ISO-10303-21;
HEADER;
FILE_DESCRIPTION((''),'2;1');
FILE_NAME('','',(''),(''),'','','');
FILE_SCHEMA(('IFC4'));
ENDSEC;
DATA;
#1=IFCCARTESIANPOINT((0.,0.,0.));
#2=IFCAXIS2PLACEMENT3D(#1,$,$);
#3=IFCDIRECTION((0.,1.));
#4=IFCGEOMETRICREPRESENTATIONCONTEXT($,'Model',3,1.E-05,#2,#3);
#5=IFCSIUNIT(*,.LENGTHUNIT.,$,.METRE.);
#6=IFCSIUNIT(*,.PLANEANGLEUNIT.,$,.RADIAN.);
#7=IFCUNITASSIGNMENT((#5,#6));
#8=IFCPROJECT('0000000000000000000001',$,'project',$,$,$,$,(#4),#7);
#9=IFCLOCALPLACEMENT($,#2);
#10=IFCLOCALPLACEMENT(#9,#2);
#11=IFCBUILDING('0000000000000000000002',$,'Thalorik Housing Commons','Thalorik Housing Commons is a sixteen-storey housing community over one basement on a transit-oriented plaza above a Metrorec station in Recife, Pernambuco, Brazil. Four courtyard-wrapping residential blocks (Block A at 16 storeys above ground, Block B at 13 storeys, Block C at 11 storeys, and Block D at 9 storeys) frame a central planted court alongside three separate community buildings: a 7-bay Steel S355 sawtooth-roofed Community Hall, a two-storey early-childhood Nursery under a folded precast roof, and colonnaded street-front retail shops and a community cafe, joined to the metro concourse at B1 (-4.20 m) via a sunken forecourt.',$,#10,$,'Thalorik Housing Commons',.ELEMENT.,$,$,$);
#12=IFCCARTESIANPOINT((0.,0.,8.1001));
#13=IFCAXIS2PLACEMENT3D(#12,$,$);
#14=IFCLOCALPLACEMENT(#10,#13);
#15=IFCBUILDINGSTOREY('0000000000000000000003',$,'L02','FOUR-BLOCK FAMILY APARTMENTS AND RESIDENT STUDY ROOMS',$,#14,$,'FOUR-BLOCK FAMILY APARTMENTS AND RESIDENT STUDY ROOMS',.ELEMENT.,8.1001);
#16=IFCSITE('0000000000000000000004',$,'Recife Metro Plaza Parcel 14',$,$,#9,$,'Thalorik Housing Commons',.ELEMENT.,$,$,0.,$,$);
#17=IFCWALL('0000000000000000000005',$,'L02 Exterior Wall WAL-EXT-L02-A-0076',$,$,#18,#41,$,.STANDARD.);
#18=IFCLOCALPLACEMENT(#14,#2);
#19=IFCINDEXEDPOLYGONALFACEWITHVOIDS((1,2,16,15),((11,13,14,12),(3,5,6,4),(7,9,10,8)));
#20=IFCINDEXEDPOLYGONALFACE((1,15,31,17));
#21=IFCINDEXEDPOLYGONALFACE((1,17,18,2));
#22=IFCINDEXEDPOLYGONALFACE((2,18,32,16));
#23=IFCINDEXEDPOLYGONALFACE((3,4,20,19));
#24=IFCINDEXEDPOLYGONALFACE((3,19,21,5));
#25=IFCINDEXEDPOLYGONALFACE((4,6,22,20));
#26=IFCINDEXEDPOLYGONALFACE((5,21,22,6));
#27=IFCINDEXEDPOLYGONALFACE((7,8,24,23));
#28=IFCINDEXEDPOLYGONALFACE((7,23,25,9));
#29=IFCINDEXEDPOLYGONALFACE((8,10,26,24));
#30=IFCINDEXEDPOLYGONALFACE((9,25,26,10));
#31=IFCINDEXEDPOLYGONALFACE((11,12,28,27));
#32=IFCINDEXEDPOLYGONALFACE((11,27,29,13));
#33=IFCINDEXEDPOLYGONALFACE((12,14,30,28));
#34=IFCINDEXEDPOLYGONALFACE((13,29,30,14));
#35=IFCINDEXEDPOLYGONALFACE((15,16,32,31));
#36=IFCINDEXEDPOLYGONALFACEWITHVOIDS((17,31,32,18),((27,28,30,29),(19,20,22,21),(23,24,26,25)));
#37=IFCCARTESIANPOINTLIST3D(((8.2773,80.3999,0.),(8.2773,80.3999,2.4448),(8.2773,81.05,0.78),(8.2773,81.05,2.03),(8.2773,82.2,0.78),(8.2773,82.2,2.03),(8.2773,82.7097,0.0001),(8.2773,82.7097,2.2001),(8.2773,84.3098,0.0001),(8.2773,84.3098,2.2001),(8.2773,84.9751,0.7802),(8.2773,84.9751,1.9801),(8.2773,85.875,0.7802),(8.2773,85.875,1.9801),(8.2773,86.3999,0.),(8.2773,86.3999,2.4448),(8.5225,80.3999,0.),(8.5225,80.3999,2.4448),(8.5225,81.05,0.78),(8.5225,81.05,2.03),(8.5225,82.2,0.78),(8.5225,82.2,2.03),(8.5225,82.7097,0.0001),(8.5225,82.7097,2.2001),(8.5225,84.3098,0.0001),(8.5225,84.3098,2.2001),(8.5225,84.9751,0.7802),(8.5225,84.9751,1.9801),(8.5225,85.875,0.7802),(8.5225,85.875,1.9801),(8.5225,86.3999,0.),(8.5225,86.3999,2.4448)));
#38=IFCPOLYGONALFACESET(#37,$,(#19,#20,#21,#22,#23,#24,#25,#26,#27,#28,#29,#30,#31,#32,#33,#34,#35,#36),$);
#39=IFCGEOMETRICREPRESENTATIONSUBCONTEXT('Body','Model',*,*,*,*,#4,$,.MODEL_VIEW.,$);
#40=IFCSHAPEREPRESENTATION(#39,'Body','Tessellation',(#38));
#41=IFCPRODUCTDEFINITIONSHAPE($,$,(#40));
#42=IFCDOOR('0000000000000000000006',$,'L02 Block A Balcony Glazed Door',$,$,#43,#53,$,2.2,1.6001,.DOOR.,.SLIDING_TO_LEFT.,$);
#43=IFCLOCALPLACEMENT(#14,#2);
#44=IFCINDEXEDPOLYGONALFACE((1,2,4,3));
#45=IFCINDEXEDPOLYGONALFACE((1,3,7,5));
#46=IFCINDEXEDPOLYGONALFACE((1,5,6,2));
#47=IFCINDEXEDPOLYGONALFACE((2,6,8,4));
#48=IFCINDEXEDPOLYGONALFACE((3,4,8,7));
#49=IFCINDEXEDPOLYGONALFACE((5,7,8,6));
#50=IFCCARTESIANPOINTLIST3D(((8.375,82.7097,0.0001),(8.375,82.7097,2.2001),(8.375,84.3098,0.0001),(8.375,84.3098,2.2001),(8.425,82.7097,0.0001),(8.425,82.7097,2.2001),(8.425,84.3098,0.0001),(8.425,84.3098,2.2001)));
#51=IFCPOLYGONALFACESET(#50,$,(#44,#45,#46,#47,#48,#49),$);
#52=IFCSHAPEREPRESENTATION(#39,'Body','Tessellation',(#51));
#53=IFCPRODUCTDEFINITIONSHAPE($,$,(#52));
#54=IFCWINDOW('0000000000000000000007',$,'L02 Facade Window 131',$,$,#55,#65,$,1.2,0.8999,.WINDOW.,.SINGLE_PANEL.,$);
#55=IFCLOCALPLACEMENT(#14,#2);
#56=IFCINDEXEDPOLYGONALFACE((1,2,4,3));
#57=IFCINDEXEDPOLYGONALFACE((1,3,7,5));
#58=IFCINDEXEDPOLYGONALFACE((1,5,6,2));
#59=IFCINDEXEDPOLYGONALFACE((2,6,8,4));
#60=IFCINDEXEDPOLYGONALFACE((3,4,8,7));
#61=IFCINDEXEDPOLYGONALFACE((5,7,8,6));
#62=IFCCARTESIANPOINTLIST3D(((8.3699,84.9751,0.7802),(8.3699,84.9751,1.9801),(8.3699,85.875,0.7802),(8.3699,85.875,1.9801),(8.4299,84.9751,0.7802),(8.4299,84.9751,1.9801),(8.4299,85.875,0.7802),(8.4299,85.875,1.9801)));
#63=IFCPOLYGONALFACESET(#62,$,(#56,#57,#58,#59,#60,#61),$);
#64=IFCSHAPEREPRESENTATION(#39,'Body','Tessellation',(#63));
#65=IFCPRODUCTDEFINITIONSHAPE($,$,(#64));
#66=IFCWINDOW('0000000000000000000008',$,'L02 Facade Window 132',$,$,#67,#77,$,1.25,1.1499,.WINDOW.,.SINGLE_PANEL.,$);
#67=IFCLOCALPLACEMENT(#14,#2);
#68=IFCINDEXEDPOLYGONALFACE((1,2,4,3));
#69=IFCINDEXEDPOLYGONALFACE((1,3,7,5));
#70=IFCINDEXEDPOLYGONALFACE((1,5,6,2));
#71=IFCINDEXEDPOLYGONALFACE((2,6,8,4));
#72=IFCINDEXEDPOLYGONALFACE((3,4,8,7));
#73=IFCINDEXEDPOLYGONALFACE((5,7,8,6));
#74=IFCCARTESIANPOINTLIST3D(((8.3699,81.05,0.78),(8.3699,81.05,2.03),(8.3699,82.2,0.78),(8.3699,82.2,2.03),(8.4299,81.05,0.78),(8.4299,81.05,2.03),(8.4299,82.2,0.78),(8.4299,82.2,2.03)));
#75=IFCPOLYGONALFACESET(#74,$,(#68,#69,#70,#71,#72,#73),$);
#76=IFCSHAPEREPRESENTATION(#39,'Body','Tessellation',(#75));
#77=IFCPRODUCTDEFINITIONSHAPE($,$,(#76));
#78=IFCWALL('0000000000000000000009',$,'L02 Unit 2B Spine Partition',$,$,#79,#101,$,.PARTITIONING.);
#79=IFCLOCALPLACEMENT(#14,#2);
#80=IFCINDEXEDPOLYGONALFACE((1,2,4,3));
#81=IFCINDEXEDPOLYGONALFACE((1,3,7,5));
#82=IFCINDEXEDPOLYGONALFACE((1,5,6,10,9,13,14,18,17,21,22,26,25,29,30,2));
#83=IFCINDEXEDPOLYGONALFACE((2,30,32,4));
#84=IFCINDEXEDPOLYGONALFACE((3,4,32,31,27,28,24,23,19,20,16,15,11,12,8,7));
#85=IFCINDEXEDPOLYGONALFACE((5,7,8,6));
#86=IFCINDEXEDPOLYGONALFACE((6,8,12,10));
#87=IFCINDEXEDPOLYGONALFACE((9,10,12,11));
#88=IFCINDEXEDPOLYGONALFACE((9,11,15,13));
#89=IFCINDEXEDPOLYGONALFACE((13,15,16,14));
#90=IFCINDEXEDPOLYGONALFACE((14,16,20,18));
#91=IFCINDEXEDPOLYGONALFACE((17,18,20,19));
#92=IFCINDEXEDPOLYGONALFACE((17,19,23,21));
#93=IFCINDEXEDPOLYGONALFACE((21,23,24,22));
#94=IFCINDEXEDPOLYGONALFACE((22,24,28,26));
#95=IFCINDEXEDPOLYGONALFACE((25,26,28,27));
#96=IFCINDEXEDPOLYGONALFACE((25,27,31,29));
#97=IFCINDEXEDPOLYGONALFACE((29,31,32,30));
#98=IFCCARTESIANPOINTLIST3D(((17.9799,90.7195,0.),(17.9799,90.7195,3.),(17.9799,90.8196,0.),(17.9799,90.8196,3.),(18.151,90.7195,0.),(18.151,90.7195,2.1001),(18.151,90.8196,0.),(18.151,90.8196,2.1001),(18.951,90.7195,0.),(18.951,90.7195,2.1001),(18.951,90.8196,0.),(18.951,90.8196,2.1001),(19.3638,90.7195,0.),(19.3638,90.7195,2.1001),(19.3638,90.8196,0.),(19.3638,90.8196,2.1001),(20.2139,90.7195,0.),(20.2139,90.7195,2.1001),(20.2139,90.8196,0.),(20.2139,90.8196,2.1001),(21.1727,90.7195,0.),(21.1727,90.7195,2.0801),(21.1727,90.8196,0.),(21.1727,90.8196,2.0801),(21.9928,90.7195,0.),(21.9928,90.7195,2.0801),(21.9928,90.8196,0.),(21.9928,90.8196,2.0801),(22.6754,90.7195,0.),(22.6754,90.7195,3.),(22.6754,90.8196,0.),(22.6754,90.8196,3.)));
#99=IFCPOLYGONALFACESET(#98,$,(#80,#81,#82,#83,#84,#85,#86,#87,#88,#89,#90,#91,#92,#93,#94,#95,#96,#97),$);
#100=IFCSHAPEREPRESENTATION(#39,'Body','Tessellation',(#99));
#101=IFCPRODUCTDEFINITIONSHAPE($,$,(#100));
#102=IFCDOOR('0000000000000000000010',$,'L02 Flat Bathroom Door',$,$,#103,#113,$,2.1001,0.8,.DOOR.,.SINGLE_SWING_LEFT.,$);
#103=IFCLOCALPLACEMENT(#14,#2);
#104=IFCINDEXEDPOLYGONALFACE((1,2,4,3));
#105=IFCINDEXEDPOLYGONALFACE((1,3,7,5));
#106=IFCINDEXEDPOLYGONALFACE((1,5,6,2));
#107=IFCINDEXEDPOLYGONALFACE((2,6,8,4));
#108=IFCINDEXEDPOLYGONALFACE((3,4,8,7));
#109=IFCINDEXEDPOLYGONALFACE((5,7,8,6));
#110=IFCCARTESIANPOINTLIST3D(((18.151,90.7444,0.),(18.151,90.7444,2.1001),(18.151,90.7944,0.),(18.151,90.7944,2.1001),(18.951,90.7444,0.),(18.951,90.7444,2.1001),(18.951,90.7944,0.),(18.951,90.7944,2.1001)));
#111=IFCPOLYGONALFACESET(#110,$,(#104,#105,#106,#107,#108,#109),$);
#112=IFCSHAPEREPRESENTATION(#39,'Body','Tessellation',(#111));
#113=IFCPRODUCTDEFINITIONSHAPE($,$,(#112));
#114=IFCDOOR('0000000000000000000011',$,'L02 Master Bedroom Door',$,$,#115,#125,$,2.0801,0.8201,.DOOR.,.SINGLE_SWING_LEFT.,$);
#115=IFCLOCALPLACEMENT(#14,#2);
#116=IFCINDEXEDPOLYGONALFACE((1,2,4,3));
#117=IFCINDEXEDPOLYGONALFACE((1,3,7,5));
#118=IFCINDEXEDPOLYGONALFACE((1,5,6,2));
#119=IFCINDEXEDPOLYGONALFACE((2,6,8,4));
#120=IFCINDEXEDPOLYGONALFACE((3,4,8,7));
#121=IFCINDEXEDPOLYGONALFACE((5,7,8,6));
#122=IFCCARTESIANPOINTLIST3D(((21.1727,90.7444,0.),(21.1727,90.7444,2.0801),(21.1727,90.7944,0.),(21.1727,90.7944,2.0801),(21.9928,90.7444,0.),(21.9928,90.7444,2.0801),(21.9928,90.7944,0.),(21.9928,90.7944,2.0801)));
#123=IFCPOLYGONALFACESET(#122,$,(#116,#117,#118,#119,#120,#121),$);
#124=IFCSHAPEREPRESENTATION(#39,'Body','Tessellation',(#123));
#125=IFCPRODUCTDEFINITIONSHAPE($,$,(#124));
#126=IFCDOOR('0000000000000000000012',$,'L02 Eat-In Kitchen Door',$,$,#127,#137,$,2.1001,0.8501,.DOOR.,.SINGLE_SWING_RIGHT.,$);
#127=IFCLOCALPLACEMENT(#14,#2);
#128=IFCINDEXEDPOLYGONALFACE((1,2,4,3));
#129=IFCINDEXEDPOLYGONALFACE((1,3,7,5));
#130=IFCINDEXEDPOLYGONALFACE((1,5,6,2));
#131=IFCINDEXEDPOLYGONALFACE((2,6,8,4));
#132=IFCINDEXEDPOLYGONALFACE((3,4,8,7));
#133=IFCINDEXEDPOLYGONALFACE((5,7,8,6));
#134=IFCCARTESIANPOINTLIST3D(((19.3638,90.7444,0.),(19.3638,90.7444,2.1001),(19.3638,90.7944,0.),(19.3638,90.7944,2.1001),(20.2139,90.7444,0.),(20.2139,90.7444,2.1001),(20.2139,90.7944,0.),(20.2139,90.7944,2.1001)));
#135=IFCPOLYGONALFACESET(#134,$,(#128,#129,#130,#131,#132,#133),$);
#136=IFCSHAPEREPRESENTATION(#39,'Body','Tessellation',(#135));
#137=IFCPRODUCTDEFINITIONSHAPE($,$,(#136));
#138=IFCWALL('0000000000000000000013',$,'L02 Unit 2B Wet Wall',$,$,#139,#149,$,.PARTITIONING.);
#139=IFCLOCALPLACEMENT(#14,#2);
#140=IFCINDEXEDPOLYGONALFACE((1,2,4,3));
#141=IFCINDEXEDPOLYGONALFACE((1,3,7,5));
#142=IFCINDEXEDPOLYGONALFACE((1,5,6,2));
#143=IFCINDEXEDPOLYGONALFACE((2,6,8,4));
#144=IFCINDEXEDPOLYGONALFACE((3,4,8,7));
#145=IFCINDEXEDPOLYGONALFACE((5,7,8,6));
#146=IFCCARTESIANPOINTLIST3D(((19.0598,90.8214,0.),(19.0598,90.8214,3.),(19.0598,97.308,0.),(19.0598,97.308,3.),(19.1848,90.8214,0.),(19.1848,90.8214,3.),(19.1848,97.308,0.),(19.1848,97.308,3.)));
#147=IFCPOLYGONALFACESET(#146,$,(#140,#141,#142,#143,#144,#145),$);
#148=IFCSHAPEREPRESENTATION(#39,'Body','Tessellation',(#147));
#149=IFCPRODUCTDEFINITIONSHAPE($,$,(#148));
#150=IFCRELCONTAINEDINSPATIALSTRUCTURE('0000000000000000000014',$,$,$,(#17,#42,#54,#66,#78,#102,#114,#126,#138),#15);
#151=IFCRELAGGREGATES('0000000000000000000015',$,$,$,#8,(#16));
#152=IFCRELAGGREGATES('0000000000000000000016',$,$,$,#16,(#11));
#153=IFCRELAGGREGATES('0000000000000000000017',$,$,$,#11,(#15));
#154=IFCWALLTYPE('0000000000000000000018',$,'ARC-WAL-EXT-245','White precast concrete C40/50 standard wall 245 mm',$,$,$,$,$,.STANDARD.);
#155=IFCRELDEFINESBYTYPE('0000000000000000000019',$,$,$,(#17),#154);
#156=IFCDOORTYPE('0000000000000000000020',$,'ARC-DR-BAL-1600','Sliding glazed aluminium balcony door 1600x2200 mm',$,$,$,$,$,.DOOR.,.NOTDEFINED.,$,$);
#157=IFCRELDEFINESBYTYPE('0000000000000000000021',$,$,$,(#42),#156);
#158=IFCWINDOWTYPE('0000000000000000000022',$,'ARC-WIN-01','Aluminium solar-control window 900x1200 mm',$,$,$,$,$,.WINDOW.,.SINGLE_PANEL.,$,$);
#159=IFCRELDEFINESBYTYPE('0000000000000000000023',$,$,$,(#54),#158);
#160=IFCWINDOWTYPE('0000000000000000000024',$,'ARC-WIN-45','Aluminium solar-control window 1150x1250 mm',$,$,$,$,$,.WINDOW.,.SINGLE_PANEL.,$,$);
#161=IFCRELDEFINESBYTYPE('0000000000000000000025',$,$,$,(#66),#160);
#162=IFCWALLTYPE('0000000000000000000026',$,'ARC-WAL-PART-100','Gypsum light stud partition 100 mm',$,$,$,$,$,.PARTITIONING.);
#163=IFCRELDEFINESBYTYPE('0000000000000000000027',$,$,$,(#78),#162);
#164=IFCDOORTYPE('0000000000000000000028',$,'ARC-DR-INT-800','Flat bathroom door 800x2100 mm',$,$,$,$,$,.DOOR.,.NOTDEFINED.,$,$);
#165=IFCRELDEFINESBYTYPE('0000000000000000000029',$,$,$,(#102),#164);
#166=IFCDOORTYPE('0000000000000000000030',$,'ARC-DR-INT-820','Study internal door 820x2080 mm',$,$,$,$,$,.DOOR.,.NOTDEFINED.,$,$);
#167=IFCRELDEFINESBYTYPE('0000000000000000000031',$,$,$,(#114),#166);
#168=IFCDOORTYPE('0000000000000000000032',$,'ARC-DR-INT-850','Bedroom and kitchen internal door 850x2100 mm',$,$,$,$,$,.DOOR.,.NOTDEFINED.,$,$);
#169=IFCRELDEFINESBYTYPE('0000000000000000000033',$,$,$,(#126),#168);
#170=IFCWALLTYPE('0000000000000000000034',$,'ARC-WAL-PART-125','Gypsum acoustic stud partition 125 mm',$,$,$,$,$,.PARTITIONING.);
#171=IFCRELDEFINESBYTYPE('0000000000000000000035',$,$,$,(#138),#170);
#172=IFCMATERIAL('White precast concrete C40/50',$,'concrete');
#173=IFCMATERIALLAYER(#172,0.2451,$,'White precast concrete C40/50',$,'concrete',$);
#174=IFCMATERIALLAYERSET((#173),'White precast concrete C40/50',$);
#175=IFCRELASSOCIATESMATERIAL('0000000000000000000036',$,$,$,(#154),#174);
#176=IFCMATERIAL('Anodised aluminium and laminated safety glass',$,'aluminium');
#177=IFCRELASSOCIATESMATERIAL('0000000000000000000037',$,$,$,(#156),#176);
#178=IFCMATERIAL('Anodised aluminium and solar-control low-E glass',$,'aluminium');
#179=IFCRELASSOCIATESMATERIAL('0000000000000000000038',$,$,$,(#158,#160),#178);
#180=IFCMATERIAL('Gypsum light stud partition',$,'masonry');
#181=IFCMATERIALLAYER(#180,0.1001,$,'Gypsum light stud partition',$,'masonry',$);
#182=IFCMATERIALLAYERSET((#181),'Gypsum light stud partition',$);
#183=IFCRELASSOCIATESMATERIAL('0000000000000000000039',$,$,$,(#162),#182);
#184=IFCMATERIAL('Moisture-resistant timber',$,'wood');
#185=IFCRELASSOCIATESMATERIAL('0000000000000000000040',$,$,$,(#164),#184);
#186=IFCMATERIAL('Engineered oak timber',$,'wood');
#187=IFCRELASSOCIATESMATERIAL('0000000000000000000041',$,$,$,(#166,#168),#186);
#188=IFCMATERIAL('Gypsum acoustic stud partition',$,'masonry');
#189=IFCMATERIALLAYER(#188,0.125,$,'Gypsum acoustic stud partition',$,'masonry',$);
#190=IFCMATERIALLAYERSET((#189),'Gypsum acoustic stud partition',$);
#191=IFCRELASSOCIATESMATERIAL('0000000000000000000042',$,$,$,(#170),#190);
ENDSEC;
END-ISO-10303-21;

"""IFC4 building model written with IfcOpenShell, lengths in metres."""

from ifc_helpers import new_model, si_unit, direction, frame, frame_2d, origin, place, context, subcontext, project, spatial, rectangle, extrude, material, layer, layer_set, type_object, element, fill, save


model = new_model("IFC4")

# Units and contexts
model_context = context("Model", 3, precision=1e-05, world=origin(), true_north=direction((0.0, 1.0)))
body_context = subcontext(model_context, "Body", "Model", "MODEL_VIEW")
ifc_project = project(units=[si_unit("LENGTHUNIT", "METRE"), si_unit("PLANEANGLEUNIT", "RADIAN")], contexts=[model_context])

# Site, building, storey
site_placement = place(None, origin())
site = spatial("IfcSite", under=ifc_project, at=site_placement, Name="Recife Metro Plaza Parcel 14", LongName="Thalorik Housing Commons", CompositionType="ELEMENT", RefElevation=0.0)
building_placement = place(site_placement, origin())
building = spatial("IfcBuilding", under=site, at=building_placement, Name="Thalorik Housing Commons", Description="Thalorik Housing Commons is a sixteen-storey housing community over one basement on a transit-oriented plaza above a Metrorec station in Recife, Pernambuco, Brazil. Four courtyard-wrapping residential blocks (Block A at 16 storeys above ground, Block B at 13 storeys, Block C at 11 storeys, and Block D at 9 storeys) frame a central planted court alongside three separate community buildings: a 7-bay Steel S355 sawtooth-roofed Community Hall, a two-storey early-childhood Nursery under a folded precast roof, and colonnaded street-front retail shops and a community cafe, joined to the metro concourse at B1 (-4.20 m) via a sunken forecourt.", LongName="Thalorik Housing Commons", CompositionType="ELEMENT")
storey_placement = place(building_placement, frame((0.0, 0.0, 8.1001)))
storey = spatial("IfcBuildingStorey", under=building, at=storey_placement, Name="L02", Description="FOUR-BLOCK FAMILY APARTMENTS AND RESIDENT STUDY ROOMS", LongName="FOUR-BLOCK FAMILY APARTMENTS AND RESIDENT STUDY ROOMS", CompositionType="ELEMENT", Elevation=8.1001)

# Wall, openings, door, windows
ifc_material_1 = material(Name="White precast concrete C40/50", Category="concrete")
ifc_layer_1 = layer(ifc_material_1, 0.2451, Name="White precast concrete C40/50", Category="concrete")
ifc_layer_set_1 = layer_set([ifc_layer_1], Name="White precast concrete C40/50")
wall_type_1 = type_object("IfcWallType", Name="ARC-WAL-EXT-245", Description="White precast concrete C40/50 standard wall 245 mm", PredefinedType="STANDARD", material=ifc_layer_set_1)
wall_1_placement = place(storey_placement, frame((8.3999, 86.3999, 0.0), z_axis=(0.0, 0.0, 1.0), x_axis=(0.0, -1.0, 0.0)))
wall_1 = element("IfcWall", 1, at=wall_1_placement, inside=storey, type_object=wall_type_1, Name="L02 Exterior Wall WAL-EXT-L02-A-0076", PredefinedType="STANDARD", context=body_context, shape_type="SweptSolid", body=[
    extrude(rectangle(XDim=6.0, YDim=0.2451, at=frame_2d((3.0, 0.0))), origin(), (0.0, 0.0, 1.0), 2.4448),
])
opening_1_placement = place(wall_1_placement, frame((2.0901, 0.0, 0.0)))
opening_1 = element("IfcOpeningElement", 2, at=opening_1_placement, cuts=wall_1, PredefinedType="OPENING", context=body_context, shape_type="SweptSolid", body=[
    extrude(rectangle(XDim=1.6001, YDim=2.2, at=frame_2d((0.8, 1.1001))), frame((0.0, 0.1326, 0.0), z_axis=(0.0, -1.0, 0.0), x_axis=(1.0, 0.0, 0.0)), (0.0, 0.0, 1.0), 0.2651),
])
opening_2_placement = place(wall_1_placement, frame((0.5249, 0.0, 0.78)))
opening_2 = element("IfcOpeningElement", 3, at=opening_2_placement, cuts=wall_1, PredefinedType="OPENING", context=body_context, shape_type="SweptSolid", body=[
    extrude(rectangle(XDim=0.8999, YDim=1.2, at=frame_2d((0.45, 0.6001))), frame((0.0, 0.1326, 0.0), z_axis=(0.0, -1.0, 0.0), x_axis=(1.0, 0.0, 0.0)), (0.0, 0.0, 1.0), 0.2651),
])
opening_3_placement = place(wall_1_placement, frame((4.2, 0.0, 0.78)))
opening_3 = element("IfcOpeningElement", 4, at=opening_3_placement, cuts=wall_1, PredefinedType="OPENING", context=body_context, shape_type="SweptSolid", body=[
    extrude(rectangle(XDim=1.1499, YDim=1.25, at=frame_2d((0.575, 0.625))), frame((0.0, 0.1326, 0.0), z_axis=(0.0, -1.0, 0.0), x_axis=(1.0, 0.0, 0.0)), (0.0, 0.0, 1.0), 0.2651),
])
ifc_material_2 = material(Name="Anodised aluminium and laminated safety glass", Category="aluminium")
door_type_1 = type_object("IfcDoorType", Name="ARC-DR-BAL-1600", Description="Sliding glazed aluminium balcony door 1600x2200 mm", OperationType="NOTDEFINED", PredefinedType="DOOR", material=ifc_material_2)
door_1_placement = place(opening_1_placement, frame((1.6001, 0.0, 0.0), z_axis=(0.0, 0.0, 1.0), x_axis=(-1.0, 0.0, 0.0)))
door_1 = element("IfcDoor", 5, at=door_1_placement, inside=storey, type_object=door_type_1, Name="L02 Block A Balcony Glazed Door", OperationType="SLIDING_TO_LEFT", OverallHeight=2.2, OverallWidth=1.6001, PredefinedType="DOOR", context=body_context, shape_type="SweptSolid", body=[
    extrude(rectangle(XDim=1.6001, YDim=2.2, at=frame_2d((0.8, 1.1001))), frame((0.0, 0.0249, 0.0), z_axis=(0.0, -1.0, 0.0), x_axis=(1.0, 0.0, 0.0)), (0.0, 0.0, 1.0), 0.05),
])
fill(opening_1, door_1)
ifc_material_3 = material(Name="Anodised aluminium and solar-control low-E glass", Category="aluminium")
window_type_1 = type_object("IfcWindowType", Name="ARC-WIN-01", Description="Aluminium solar-control window 900x1200 mm", PartitioningType="SINGLE_PANEL", PredefinedType="WINDOW", material=ifc_material_3)
window_1_placement = place(opening_2_placement, origin())
window_1 = element("IfcWindow", 6, at=window_1_placement, inside=storey, type_object=window_type_1, Name="L02 Facade Window 131", OverallHeight=1.2, OverallWidth=0.8999, PartitioningType="SINGLE_PANEL", PredefinedType="WINDOW", context=body_context, shape_type="SweptSolid", body=[
    extrude(rectangle(XDim=0.8999, YDim=1.2, at=frame_2d((0.45, 0.6001))), frame((0.0, 0.03, 0.0), z_axis=(0.0, -1.0, 0.0), x_axis=(1.0, 0.0, 0.0)), (0.0, 0.0, 1.0), 0.0601),
])
fill(opening_2, window_1)
window_type_2 = type_object("IfcWindowType", Name="ARC-WIN-45", Description="Aluminium solar-control window 1150x1250 mm", PartitioningType="SINGLE_PANEL", PredefinedType="WINDOW", material=ifc_material_3)
window_2_placement = place(opening_3_placement, origin())
window_2 = element("IfcWindow", 7, at=window_2_placement, inside=storey, type_object=window_type_2, Name="L02 Facade Window 132", OverallHeight=1.25, OverallWidth=1.1499, PartitioningType="SINGLE_PANEL", PredefinedType="WINDOW", context=body_context, shape_type="SweptSolid", body=[
    extrude(rectangle(XDim=1.1499, YDim=1.25, at=frame_2d((0.575, 0.625))), frame((0.0, 0.03, 0.0), z_axis=(0.0, -1.0, 0.0), x_axis=(1.0, 0.0, 0.0)), (0.0, 0.0, 1.0), 0.0601),
])
fill(opening_3, window_2)

# Wall, openings, doors
ifc_material_4 = material(Name="Gypsum light stud partition", Category="masonry")
ifc_layer_2 = layer(ifc_material_4, 0.1001, Name="Gypsum light stud partition", Category="masonry")
ifc_layer_set_2 = layer_set([ifc_layer_2], Name="Gypsum light stud partition")
wall_type_2 = type_object("IfcWallType", Name="ARC-WAL-PART-100", Description="Gypsum light stud partition 100 mm", PredefinedType="PARTITIONING", material=ifc_layer_set_2)
wall_2_placement = place(storey_placement, frame((17.98, 90.7695, 0.0), z_axis=(0.0, 0.0, 1.0), x_axis=(1.0, 0.0, 0.0)))
wall_2 = element("IfcWall", 8, at=wall_2_placement, inside=storey, type_object=wall_type_2, Name="L02 Unit 2B Spine Partition", PredefinedType="PARTITIONING", context=body_context, shape_type="SweptSolid", body=[
    extrude(rectangle(XDim=4.6956, YDim=0.1001, at=frame_2d((2.3477, 0.0))), origin(), (0.0, 0.0, 1.0), 3.0),
])
opening_4_placement = place(wall_2_placement, frame((0.1711, 0.0, 0.0)))
opening_4 = element("IfcOpeningElement", 9, at=opening_4_placement, cuts=wall_2, PredefinedType="OPENING", context=body_context, shape_type="SweptSolid", body=[
    extrude(rectangle(XDim=0.8, YDim=2.1001, at=frame_2d((0.3999, 1.05))), frame((0.0, 0.0601, 0.0), z_axis=(0.0, -1.0, 0.0), x_axis=(1.0, 0.0, 0.0)), (0.0, 0.0, 1.0), 0.1201),
])
opening_5_placement = place(wall_2_placement, frame((1.3838, 0.0, 0.0)))
opening_5 = element("IfcOpeningElement", 10, at=opening_5_placement, cuts=wall_2, PredefinedType="OPENING", context=body_context, shape_type="SweptSolid", body=[
    extrude(rectangle(XDim=0.8501, YDim=2.1001, at=frame_2d((0.425, 1.05))), frame((0.0, 0.0601, 0.0), z_axis=(0.0, -1.0, 0.0), x_axis=(1.0, 0.0, 0.0)), (0.0, 0.0, 1.0), 0.1201),
])
opening_6_placement = place(wall_2_placement, frame((3.1926, 0.0, 0.0)))
opening_6 = element("IfcOpeningElement", 11, at=opening_6_placement, cuts=wall_2, PredefinedType="OPENING", context=body_context, shape_type="SweptSolid", body=[
    extrude(rectangle(XDim=0.8201, YDim=2.0801, at=frame_2d((0.4102, 1.04))), frame((0.0, 0.0601, 0.0), z_axis=(0.0, -1.0, 0.0), x_axis=(1.0, 0.0, 0.0)), (0.0, 0.0, 1.0), 0.1201),
])
ifc_material_5 = material(Name="Moisture-resistant timber", Category="wood")
door_type_2 = type_object("IfcDoorType", Name="ARC-DR-INT-800", Description="Flat bathroom door 800x2100 mm", OperationType="NOTDEFINED", PredefinedType="DOOR", material=ifc_material_5)
door_2_placement = place(opening_4_placement, origin())
door_2 = element("IfcDoor", 12, at=door_2_placement, inside=storey, type_object=door_type_2, Name="L02 Flat Bathroom Door", OperationType="SINGLE_SWING_LEFT", OverallHeight=2.1001, OverallWidth=0.8, PredefinedType="DOOR", context=body_context, shape_type="SweptSolid", body=[
    extrude(rectangle(XDim=0.8, YDim=2.1001, at=frame_2d((0.3999, 1.05))), frame((0.0, 0.0249, 0.0), z_axis=(0.0, -1.0, 0.0), x_axis=(1.0, 0.0, 0.0)), (0.0, 0.0, 1.0), 0.05),
])
fill(opening_4, door_2)
ifc_material_6 = material(Name="Engineered oak timber", Category="wood")
door_type_3 = type_object("IfcDoorType", Name="ARC-DR-INT-820", Description="Study internal door 820x2080 mm", OperationType="NOTDEFINED", PredefinedType="DOOR", material=ifc_material_6)
door_3_placement = place(opening_6_placement, origin())
door_3 = element("IfcDoor", 13, at=door_3_placement, inside=storey, type_object=door_type_3, Name="L02 Master Bedroom Door", OperationType="SINGLE_SWING_LEFT", OverallHeight=2.0801, OverallWidth=0.8201, PredefinedType="DOOR", context=body_context, shape_type="SweptSolid", body=[
    extrude(rectangle(XDim=0.8201, YDim=2.0801, at=frame_2d((0.4102, 1.04))), frame((0.0, 0.0249, 0.0), z_axis=(0.0, -1.0, 0.0), x_axis=(1.0, 0.0, 0.0)), (0.0, 0.0, 1.0), 0.05),
])
fill(opening_6, door_3)
door_type_4 = type_object("IfcDoorType", Name="ARC-DR-INT-850", Description="Bedroom and kitchen internal door 850x2100 mm", OperationType="NOTDEFINED", PredefinedType="DOOR", material=ifc_material_6)
door_4_placement = place(opening_5_placement, origin())
door_4 = element("IfcDoor", 14, at=door_4_placement, inside=storey, type_object=door_type_4, Name="L02 Eat-In Kitchen Door", OperationType="SINGLE_SWING_RIGHT", OverallHeight=2.1001, OverallWidth=0.8501, PredefinedType="DOOR", context=body_context, shape_type="SweptSolid", body=[
    extrude(rectangle(XDim=0.8501, YDim=2.1001, at=frame_2d((0.425, 1.05))), frame((0.0, 0.0249, 0.0), z_axis=(0.0, -1.0, 0.0), x_axis=(1.0, 0.0, 0.0)), (0.0, 0.0, 1.0), 0.05),
])
fill(opening_5, door_4)

# Wall
ifc_material_7 = material(Name="Gypsum acoustic stud partition", Category="masonry")
ifc_layer_3 = layer(ifc_material_7, 0.125, Name="Gypsum acoustic stud partition", Category="masonry")
ifc_layer_set_3 = layer_set([ifc_layer_3], Name="Gypsum acoustic stud partition")
wall_type_3 = type_object("IfcWallType", Name="ARC-WAL-PART-125", Description="Gypsum acoustic stud partition 125 mm", PredefinedType="PARTITIONING", material=ifc_layer_set_3)
wall_3_placement = place(storey_placement, frame((19.1223, 90.8215, 0.0), z_axis=(0.0, 0.0, 1.0), x_axis=(0.0, 1.0, 0.0)))
element("IfcWall", 15, at=wall_3_placement, inside=storey, type_object=wall_type_3, Name="L02 Unit 2B Wet Wall", PredefinedType="PARTITIONING", context=body_context, shape_type="SweptSolid", body=[
    extrude(rectangle(XDim=6.4866, YDim=0.125, at=frame_2d((3.2432, 0.0))), origin(), (0.0, 0.0, 1.0), 3.0),
])

save(model, "model.ifc")
